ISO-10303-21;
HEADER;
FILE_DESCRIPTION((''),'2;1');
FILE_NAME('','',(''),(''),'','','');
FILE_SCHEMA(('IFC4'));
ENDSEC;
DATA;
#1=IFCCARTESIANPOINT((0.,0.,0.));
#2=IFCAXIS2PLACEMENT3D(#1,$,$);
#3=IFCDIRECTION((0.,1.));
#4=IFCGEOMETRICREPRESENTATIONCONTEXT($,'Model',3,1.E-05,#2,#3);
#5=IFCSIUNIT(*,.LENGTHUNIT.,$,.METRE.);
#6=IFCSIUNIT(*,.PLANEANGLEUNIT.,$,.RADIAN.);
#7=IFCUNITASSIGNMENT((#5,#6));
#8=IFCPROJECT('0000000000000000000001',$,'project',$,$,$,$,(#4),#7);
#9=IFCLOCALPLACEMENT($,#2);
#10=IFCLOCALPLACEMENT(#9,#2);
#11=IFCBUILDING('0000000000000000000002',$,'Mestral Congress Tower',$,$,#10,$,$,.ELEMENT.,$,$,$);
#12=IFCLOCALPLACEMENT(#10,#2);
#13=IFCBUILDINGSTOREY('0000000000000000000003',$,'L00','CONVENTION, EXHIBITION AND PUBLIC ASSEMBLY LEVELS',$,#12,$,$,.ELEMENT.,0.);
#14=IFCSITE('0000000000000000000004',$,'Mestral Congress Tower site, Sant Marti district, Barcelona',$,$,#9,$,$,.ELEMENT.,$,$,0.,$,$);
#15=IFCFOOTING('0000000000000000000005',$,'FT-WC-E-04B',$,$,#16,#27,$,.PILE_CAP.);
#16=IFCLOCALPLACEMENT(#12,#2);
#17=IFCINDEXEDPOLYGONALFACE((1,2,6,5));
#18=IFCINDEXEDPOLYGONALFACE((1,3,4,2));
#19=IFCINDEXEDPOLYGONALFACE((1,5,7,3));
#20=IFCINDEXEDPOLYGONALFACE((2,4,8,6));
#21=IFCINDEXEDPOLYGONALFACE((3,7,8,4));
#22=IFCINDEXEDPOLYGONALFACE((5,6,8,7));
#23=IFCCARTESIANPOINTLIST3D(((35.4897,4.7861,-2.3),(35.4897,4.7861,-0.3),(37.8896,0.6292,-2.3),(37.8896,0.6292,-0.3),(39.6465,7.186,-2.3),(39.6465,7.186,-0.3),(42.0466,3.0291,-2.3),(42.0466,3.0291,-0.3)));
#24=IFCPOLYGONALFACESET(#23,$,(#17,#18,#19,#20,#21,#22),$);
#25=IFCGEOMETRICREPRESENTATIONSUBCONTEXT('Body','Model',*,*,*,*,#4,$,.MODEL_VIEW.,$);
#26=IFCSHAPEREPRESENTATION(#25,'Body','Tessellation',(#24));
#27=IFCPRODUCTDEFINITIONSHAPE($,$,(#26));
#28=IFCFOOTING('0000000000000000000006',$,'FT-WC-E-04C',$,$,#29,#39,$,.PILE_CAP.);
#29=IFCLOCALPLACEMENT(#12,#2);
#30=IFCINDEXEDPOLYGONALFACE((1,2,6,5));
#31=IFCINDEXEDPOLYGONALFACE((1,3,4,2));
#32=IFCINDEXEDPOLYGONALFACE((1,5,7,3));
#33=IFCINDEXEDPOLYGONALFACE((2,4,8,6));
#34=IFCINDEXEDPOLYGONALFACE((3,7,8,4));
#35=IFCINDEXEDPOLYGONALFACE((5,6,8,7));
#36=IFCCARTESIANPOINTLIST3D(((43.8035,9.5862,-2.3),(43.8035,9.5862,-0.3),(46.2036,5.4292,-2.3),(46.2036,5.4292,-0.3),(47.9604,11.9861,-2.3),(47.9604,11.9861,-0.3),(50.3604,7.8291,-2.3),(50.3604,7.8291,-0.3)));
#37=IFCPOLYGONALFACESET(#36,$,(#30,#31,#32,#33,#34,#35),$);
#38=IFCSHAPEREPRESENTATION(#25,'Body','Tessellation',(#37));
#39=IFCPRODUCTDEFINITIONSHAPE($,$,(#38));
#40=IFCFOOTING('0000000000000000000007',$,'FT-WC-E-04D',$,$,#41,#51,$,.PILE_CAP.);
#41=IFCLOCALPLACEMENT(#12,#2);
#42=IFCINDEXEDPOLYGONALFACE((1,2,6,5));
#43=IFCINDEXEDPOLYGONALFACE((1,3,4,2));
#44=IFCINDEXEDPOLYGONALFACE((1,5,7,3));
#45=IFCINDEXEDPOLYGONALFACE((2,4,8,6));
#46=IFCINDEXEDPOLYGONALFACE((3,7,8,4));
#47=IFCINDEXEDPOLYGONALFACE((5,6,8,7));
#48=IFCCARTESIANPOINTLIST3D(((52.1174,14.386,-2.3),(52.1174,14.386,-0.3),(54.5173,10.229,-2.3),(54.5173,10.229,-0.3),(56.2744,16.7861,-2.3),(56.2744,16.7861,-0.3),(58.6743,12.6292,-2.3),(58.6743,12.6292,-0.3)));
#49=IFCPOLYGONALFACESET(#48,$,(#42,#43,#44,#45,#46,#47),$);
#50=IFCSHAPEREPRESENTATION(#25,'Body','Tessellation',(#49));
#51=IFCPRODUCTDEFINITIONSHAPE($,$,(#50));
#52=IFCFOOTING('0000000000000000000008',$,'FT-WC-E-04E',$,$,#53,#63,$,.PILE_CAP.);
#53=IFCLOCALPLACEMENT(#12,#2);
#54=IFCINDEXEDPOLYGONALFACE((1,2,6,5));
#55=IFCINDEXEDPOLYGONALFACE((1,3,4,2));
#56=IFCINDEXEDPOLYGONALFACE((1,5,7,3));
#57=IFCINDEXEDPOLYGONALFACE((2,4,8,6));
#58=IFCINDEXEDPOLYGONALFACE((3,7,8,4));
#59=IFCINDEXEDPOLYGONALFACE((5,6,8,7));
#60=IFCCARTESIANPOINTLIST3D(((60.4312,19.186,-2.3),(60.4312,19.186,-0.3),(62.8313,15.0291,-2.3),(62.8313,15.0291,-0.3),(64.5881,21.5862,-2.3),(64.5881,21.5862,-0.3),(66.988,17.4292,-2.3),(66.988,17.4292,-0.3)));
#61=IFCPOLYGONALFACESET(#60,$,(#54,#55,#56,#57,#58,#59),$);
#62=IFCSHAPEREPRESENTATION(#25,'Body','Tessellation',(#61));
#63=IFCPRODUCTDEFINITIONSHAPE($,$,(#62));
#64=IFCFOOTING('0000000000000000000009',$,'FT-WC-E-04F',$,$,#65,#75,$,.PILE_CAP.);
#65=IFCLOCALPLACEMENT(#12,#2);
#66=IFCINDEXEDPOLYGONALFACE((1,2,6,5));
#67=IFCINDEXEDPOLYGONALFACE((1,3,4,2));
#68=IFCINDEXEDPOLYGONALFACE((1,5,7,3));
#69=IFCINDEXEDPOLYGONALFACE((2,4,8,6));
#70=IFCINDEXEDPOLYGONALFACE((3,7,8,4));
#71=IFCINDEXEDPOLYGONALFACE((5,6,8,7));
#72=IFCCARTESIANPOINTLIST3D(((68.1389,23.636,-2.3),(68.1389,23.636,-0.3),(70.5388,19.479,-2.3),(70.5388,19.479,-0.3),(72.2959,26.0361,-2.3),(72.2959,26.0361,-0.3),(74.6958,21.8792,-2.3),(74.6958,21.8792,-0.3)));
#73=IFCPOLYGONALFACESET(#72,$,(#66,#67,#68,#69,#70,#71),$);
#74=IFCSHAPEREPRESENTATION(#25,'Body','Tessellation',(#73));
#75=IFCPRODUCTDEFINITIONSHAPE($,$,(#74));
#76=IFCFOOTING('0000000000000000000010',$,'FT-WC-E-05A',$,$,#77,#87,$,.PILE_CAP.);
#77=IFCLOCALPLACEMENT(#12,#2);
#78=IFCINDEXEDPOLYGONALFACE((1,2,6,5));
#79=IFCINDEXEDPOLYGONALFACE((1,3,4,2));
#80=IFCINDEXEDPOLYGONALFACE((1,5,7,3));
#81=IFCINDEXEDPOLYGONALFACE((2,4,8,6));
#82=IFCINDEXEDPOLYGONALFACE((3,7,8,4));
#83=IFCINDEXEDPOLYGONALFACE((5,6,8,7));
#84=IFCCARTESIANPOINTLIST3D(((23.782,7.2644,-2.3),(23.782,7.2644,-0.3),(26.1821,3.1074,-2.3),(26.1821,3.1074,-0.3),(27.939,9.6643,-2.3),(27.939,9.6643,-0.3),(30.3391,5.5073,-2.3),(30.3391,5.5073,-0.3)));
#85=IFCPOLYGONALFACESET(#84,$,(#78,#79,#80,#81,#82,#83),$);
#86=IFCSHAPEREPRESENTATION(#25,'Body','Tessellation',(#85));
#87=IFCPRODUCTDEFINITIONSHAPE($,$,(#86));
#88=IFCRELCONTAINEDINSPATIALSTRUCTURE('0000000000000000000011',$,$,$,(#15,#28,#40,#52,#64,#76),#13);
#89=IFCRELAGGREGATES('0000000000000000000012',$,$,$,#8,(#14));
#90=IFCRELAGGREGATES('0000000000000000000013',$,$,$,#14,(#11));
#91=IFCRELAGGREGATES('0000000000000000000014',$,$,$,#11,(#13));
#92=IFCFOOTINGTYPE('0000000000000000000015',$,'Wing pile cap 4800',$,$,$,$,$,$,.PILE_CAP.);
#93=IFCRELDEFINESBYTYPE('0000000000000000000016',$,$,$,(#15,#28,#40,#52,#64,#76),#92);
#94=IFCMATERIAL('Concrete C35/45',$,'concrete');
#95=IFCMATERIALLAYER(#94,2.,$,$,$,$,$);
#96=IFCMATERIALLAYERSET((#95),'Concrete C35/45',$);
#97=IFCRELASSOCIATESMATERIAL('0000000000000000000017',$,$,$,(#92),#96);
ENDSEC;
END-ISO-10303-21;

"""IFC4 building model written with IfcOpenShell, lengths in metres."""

from ifc_helpers import new_model, si_unit, direction, frame, origin, place, context, subcontext, project, spatial, polyline, outline, extrude, material, layer, layer_set, type_object, element, save


model = new_model("IFC4")

# Units and contexts
model_context = context("Model", 3, precision=1e-05, world=origin(), true_north=direction((0.0, 1.0)))
body_context = subcontext(model_context, "Body", "Model", "MODEL_VIEW")
ifc_project = project(units=[si_unit("LENGTHUNIT", "METRE"), si_unit("PLANEANGLEUNIT", "RADIAN")], contexts=[model_context])

# Site, building, storey
site_placement = place(None, origin())
site = spatial("IfcSite", under=ifc_project, at=site_placement, Name="Mestral Congress Tower site, Sant Marti district, Barcelona", CompositionType="ELEMENT", RefElevation=0.0)
building_placement = place(site_placement, origin())
building = spatial("IfcBuilding", under=site, at=building_placement, Name="Mestral Congress Tower", CompositionType="ELEMENT")
storey_placement = place(building_placement, origin())
storey = spatial("IfcBuildingStorey", under=building, at=storey_placement, Name="L00", Description="CONVENTION, EXHIBITION AND PUBLIC ASSEMBLY LEVELS", CompositionType="ELEMENT", Elevation=0.0)

# Footings
ifc_material = material(Name="Concrete C35/45", Category="concrete")
ifc_layer = layer(ifc_material, 2.0)
ifc_layer_set = layer_set([ifc_layer], Name="Concrete C35/45")
footing_type = type_object("IfcFootingType", Name="Wing pile cap 4800", PredefinedType="PILE_CAP", material=ifc_layer_set)
placement = place(storey_placement, frame((0.0, 0.0, -2.3)))
element("IfcFooting", 1, at=placement, inside=storey, type_object=footing_type, Name="FT-WC-E-04B", PredefinedType="PILE_CAP", context=body_context, shape_type="SweptSolid", body=[
    extrude(outline(polyline([(37.8896, 0.6292), (42.0466, 3.0291), (39.6465, 7.186), (35.4897, 4.7861), (37.8896, 0.6292)])), origin(), (0.0, 0.0, 1.0), 2.0),
])
element("IfcFooting", 2, at=placement, inside=storey, type_object=footing_type, Name="FT-WC-E-04C", PredefinedType="PILE_CAP", context=body_context, shape_type="SweptSolid", body=[
    extrude(outline(polyline([(46.2036, 5.4292), (50.3604, 7.8291), (47.9604, 11.9861), (43.8035, 9.5862), (46.2036, 5.4292)])), origin(), (0.0, 0.0, 1.0), 2.0),
])
element("IfcFooting", 3, at=placement, inside=storey, type_object=footing_type, Name="FT-WC-E-04D", PredefinedType="PILE_CAP", context=body_context, shape_type="SweptSolid", body=[
    extrude(outline(polyline([(54.5173, 10.229), (58.6743, 12.6292), (56.2744, 16.7861), (52.1174, 14.386), (54.5173, 10.229)])), origin(), (0.0, 0.0, 1.0), 2.0),
])
element("IfcFooting", 4, at=placement, inside=storey, type_object=footing_type, Name="FT-WC-E-04E", PredefinedType="PILE_CAP", context=body_context, shape_type="SweptSolid", body=[
    extrude(outline(polyline([(62.8313, 15.0291), (66.988, 17.4292), (64.5881, 21.5862), (60.4312, 19.186), (62.8313, 15.0291)])), origin(), (0.0, 0.0, 1.0), 2.0),
])
element("IfcFooting", 5, at=placement, inside=storey, type_object=footing_type, Name="FT-WC-E-04F", PredefinedType="PILE_CAP", context=body_context, shape_type="SweptSolid", body=[
    extrude(outline(polyline([(70.5388, 19.479), (74.6958, 21.8792), (72.2959, 26.0361), (68.1389, 23.636), (70.5388, 19.479)])), origin(), (0.0, 0.0, 1.0), 2.0),
])
element("IfcFooting", 6, at=placement, inside=storey, type_object=footing_type, Name="FT-WC-E-05A", PredefinedType="PILE_CAP", context=body_context, shape_type="SweptSolid", body=[
    extrude(outline(polyline([(26.1821, 3.1074), (30.3391, 5.5073), (27.939, 9.6643), (23.782, 7.2644), (26.1821, 3.1074)])), origin(), (0.0, 0.0, 1.0), 2.0),
])

save(model, "model.ifc")
